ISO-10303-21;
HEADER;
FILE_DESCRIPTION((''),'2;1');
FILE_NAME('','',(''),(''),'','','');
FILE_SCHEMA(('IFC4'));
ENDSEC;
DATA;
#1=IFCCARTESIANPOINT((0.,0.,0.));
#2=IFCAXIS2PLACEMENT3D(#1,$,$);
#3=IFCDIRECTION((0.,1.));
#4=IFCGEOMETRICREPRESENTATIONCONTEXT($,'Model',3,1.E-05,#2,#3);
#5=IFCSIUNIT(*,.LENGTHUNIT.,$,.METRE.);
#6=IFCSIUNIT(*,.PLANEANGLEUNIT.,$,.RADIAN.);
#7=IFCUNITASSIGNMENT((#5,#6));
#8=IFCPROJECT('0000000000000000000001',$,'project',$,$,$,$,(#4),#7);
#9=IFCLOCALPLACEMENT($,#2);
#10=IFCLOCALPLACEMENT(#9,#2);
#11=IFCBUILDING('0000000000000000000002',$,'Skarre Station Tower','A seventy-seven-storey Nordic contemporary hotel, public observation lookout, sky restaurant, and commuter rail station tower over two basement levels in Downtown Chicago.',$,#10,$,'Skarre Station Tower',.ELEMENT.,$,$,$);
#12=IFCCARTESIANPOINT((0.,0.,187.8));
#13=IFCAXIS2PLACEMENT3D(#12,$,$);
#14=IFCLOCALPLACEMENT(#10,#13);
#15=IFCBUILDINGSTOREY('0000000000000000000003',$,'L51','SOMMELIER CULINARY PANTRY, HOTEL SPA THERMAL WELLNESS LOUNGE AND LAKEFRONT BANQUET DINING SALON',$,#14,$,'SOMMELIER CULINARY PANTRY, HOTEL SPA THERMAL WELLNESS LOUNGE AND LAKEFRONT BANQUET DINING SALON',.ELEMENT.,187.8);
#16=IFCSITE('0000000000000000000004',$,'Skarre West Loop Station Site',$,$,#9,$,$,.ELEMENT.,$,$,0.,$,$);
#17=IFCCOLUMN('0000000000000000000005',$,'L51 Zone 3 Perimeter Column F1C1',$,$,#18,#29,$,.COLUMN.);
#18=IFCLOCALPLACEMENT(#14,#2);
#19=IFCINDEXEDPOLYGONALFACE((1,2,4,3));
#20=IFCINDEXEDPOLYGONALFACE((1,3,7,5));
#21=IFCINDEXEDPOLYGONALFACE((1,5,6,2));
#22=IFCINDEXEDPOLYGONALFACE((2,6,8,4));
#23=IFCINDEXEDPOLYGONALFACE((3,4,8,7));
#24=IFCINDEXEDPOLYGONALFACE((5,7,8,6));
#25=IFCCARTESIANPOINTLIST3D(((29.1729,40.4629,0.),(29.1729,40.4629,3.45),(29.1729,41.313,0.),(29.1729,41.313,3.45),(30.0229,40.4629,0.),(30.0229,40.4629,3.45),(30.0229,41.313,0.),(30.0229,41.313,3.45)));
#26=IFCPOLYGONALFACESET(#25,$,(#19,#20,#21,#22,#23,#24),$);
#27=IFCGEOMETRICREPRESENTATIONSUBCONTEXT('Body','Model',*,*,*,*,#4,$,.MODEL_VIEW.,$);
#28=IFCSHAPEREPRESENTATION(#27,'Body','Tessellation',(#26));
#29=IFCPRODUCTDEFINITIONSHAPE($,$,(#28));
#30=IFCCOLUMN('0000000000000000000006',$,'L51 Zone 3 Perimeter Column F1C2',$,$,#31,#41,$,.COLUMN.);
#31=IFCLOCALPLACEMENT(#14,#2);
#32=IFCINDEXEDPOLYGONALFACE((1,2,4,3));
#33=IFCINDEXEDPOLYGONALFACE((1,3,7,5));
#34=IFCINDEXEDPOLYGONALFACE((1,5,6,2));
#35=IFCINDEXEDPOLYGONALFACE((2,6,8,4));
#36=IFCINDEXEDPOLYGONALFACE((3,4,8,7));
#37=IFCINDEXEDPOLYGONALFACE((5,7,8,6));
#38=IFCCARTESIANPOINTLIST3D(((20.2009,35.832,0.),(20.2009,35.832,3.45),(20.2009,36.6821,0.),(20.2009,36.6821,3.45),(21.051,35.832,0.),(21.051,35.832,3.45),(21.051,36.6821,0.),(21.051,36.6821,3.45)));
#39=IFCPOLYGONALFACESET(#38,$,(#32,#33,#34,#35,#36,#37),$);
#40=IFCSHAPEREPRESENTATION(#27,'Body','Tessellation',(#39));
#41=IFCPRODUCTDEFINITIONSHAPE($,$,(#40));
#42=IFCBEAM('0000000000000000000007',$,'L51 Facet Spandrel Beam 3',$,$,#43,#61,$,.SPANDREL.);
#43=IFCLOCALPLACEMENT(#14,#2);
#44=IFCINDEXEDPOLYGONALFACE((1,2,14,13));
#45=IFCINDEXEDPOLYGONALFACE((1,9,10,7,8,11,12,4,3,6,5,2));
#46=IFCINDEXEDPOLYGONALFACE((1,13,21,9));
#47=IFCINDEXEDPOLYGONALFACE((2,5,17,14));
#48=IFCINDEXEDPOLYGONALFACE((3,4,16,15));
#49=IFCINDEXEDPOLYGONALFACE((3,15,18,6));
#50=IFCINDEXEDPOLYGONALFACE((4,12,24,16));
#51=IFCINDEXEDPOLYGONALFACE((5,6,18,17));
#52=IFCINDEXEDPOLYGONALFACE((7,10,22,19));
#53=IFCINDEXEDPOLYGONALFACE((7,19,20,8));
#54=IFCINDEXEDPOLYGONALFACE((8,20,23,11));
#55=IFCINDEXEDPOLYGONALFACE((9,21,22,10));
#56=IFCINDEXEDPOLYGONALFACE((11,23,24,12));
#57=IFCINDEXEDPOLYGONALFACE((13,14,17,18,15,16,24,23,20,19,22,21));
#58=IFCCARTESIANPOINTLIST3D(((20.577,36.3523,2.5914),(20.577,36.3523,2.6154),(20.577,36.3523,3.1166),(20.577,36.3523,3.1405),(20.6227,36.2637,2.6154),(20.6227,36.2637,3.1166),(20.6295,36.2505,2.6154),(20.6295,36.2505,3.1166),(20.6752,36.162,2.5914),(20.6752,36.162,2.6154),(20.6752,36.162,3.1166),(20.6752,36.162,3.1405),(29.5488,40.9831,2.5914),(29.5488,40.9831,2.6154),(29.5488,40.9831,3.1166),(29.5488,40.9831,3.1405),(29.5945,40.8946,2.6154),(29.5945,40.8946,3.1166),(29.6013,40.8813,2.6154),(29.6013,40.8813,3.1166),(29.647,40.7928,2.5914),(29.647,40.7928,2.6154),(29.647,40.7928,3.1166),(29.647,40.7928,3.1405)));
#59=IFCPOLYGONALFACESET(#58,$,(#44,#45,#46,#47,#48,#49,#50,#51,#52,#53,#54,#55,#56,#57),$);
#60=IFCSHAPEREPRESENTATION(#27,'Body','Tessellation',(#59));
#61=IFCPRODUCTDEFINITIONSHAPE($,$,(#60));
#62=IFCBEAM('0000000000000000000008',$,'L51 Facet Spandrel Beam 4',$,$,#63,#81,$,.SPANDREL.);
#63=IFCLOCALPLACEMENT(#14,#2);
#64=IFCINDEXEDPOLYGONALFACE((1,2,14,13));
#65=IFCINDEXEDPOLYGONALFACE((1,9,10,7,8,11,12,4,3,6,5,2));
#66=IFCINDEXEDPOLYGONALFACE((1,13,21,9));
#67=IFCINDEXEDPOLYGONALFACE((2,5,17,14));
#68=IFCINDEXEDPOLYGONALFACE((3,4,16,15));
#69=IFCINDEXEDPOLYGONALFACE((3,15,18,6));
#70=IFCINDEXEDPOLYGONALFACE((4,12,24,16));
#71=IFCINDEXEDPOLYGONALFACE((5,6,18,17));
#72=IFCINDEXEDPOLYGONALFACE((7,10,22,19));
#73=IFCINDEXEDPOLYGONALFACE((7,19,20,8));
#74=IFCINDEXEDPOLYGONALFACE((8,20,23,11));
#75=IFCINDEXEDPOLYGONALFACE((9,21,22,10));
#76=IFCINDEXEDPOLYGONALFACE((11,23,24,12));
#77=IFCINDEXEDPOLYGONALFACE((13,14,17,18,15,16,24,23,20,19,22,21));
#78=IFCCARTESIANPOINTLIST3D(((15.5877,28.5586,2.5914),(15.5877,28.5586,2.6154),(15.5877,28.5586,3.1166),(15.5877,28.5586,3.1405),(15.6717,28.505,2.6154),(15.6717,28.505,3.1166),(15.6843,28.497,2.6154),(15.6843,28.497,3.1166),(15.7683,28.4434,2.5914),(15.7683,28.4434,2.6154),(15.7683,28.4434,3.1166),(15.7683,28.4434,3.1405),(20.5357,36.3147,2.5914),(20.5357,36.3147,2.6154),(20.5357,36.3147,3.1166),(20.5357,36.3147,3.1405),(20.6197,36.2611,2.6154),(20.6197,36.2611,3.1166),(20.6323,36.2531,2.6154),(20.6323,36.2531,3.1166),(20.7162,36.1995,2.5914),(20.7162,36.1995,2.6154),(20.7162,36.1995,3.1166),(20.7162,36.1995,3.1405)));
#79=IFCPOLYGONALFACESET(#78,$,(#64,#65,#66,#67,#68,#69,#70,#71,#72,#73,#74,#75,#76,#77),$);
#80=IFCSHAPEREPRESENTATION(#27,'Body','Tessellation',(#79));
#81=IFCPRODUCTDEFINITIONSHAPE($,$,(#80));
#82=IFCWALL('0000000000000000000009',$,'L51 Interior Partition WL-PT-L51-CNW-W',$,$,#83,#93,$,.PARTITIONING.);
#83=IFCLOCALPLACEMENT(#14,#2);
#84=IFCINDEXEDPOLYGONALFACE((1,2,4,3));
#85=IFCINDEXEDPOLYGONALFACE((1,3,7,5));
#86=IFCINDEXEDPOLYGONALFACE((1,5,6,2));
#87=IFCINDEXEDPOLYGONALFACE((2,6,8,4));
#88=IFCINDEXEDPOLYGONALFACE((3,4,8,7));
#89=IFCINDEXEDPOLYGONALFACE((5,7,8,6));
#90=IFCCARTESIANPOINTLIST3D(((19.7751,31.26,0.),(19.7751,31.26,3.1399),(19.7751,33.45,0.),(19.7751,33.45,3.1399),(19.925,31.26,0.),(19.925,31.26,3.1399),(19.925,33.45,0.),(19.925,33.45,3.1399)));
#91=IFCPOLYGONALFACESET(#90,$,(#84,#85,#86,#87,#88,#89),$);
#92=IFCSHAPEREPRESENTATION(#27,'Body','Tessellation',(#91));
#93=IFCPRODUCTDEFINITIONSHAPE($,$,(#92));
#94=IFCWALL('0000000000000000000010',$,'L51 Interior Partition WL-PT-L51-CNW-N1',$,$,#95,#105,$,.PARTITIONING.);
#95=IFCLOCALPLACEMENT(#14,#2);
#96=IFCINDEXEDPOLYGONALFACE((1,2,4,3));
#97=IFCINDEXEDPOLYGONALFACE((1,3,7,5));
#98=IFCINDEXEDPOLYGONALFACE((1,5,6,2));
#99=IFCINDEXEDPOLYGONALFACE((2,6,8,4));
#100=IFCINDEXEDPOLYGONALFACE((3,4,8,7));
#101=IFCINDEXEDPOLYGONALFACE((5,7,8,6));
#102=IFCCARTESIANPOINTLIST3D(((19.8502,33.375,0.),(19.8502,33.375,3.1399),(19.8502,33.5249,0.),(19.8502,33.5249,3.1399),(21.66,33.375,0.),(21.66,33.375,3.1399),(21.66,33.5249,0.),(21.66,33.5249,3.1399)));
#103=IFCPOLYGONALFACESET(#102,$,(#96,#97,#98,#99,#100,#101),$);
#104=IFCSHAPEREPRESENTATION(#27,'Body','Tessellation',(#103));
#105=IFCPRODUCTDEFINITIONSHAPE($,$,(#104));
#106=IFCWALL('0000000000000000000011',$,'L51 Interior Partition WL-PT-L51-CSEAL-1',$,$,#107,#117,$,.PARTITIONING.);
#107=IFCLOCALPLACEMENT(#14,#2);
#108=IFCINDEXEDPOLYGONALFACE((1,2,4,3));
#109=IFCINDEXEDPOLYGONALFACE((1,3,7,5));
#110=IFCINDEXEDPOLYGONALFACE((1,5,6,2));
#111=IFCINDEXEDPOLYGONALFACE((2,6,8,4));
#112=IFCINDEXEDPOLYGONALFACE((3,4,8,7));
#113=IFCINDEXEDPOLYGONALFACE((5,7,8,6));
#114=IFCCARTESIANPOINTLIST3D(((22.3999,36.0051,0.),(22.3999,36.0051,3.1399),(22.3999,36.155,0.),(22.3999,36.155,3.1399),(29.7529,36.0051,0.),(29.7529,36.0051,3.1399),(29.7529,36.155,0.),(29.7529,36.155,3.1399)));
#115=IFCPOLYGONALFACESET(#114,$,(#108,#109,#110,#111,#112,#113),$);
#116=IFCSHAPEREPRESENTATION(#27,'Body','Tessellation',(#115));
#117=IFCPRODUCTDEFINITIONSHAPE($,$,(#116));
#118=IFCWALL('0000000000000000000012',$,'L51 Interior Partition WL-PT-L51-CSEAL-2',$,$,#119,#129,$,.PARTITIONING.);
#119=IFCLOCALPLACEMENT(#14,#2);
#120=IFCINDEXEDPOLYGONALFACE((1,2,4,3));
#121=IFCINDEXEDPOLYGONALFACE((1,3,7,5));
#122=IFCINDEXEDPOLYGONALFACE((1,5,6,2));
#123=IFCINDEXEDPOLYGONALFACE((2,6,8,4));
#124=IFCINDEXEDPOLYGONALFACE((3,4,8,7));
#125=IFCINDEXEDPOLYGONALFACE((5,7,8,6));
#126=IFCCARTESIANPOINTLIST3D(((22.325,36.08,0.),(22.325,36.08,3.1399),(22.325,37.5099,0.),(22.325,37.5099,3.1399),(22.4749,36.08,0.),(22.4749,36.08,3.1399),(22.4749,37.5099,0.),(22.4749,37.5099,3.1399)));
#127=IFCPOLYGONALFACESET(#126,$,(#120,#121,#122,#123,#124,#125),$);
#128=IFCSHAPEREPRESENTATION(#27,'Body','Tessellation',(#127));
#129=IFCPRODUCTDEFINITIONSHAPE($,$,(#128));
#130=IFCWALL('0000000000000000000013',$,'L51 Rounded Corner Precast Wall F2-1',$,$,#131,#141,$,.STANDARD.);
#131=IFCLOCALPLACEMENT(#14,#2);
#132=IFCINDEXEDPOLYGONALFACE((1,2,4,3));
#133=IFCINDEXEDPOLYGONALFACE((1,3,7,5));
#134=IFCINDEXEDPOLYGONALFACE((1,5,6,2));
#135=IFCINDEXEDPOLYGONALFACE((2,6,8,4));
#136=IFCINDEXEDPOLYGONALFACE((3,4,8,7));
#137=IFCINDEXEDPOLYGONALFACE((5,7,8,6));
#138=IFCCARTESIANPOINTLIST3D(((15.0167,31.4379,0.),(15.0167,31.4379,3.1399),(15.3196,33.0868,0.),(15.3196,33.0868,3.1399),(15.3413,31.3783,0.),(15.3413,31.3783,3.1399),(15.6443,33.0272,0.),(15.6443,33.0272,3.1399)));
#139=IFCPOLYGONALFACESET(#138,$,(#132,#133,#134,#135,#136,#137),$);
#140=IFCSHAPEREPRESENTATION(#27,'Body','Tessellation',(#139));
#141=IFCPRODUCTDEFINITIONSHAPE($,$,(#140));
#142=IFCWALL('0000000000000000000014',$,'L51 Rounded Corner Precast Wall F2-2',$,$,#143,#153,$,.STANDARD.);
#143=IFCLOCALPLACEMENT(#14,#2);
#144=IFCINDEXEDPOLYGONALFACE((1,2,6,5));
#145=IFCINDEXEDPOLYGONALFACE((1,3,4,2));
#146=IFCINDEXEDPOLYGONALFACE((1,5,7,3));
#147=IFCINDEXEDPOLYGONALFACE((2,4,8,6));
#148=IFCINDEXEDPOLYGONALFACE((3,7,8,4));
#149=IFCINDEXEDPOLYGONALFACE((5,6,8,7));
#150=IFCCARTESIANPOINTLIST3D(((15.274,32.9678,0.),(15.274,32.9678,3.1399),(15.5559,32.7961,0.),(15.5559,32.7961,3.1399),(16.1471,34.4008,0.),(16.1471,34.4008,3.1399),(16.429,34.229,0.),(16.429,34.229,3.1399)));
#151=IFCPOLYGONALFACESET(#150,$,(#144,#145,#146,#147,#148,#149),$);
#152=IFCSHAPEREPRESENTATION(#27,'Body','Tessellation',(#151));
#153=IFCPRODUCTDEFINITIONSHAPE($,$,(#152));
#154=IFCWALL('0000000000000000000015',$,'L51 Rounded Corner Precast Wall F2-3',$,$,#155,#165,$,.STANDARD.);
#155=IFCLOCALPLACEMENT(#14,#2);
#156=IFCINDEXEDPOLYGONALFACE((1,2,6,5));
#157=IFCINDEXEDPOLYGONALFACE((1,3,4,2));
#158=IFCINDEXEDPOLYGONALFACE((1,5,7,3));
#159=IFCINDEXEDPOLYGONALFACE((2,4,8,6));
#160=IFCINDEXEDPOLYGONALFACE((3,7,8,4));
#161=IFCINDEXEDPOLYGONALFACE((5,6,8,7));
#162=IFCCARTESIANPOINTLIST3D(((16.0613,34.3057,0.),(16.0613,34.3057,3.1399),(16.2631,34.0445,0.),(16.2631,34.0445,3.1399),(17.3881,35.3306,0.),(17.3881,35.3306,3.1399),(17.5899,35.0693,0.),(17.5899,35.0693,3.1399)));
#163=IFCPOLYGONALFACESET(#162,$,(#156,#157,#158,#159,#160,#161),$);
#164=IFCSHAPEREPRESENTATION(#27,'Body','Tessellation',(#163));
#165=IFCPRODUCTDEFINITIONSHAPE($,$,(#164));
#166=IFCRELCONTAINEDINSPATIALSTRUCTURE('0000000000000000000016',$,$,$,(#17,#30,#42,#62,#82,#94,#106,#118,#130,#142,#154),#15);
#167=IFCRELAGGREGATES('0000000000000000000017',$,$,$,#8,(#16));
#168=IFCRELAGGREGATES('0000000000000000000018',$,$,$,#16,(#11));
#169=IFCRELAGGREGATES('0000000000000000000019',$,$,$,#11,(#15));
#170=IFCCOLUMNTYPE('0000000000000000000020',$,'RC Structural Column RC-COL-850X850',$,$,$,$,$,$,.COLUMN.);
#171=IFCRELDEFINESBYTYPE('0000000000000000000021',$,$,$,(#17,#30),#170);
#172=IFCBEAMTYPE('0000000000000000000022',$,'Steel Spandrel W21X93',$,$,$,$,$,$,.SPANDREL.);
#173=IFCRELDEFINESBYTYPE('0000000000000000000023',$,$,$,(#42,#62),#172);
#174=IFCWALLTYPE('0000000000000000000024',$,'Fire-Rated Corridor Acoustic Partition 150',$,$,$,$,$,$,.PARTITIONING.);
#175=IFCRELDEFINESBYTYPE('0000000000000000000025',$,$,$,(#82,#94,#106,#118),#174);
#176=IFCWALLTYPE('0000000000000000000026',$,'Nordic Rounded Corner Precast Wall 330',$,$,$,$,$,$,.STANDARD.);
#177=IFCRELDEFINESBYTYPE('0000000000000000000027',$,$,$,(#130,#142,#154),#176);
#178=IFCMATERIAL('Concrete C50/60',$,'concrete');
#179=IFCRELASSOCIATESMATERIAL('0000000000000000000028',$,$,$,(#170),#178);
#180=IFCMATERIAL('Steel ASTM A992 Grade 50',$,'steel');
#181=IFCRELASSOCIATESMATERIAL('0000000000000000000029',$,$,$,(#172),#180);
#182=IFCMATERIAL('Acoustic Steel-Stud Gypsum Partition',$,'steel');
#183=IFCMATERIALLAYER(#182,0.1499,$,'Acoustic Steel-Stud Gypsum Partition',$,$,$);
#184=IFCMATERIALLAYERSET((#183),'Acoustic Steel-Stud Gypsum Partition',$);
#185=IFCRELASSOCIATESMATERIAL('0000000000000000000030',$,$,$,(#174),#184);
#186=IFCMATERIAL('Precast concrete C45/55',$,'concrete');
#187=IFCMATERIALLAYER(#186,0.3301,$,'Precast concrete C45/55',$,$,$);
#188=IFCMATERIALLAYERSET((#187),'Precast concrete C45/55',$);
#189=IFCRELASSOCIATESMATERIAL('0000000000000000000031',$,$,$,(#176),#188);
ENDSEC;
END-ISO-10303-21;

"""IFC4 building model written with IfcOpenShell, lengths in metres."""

from ifc_helpers import new_model, si_unit, direction, frame, frame_2d, origin, origin_2d, place, context, subcontext, project, spatial, rectangle, i_section, extrude, material, layer, layer_set, material_profile, profile_set, type_object, element, save


model = new_model("IFC4")

# Units and contexts
model_context = context("Model", 3, precision=1e-05, world=origin(), true_north=direction((0.0, 1.0)))
body_context = subcontext(model_context, "Body", "Model", "MODEL_VIEW")
ifc_project = project(units=[si_unit("LENGTHUNIT", "METRE"), si_unit("PLANEANGLEUNIT", "RADIAN")], contexts=[model_context])

# Site, building, storey
site_placement = place(None, origin())
site = spatial("IfcSite", under=ifc_project, at=site_placement, Name="Skarre West Loop Station Site", CompositionType="ELEMENT", RefElevation=0.0)
building_placement = place(site_placement, origin())
building = spatial("IfcBuilding", under=site, at=building_placement, Name="Skarre Station Tower", Description="A seventy-seven-storey Nordic contemporary hotel, public observation lookout, sky restaurant, and commuter rail station tower over two basement levels in Downtown Chicago.", LongName="Skarre Station Tower", CompositionType="ELEMENT")
storey_placement = place(building_placement, frame((0.0, 0.0, 187.8)))
storey = spatial("IfcBuildingStorey", under=building, at=storey_placement, Name="L51", Description="SOMMELIER CULINARY PANTRY, HOTEL SPA THERMAL WELLNESS LOUNGE AND LAKEFRONT BANQUET DINING SALON", LongName="SOMMELIER CULINARY PANTRY, HOTEL SPA THERMAL WELLNESS LOUNGE AND LAKEFRONT BANQUET DINING SALON", CompositionType="ELEMENT", Elevation=187.8)

# Columns
ifc_material_1 = material(Name="Concrete C50/60", Category="concrete")
ifc_material_profile_1 = material_profile(ifc_material_1, rectangle(XDim=0.8501, YDim=0.8501, at=origin_2d()), Name="Concrete C50/60")
ifc_profile_set_1 = profile_set([ifc_material_profile_1], Name="Concrete C50/60")
column_type = type_object("IfcColumnType", Name="RC Structural Column RC-COL-850X850", PredefinedType="COLUMN", material=ifc_profile_set_1)
for number, where, z_axis, x_axis, name in (
    (1, (29.5979, 40.8879, 0.0), (0.0, 0.0, 1.0), (1.0, 0.0, 0.0), "L51 Zone 3 Perimeter Column F1C1"),
    (2, (20.626, 36.2571, 0.0), (0.0, 0.0, 1.0), (1.0, 0.0, 0.0), "L51 Zone 3 Perimeter Column F1C2"),
):
    element("IfcColumn", number, at=place(storey_placement, frame(where, z_axis=z_axis, x_axis=x_axis)), inside=storey, type_object=column_type, Name=name, PredefinedType="COLUMN", context=body_context, shape_type="SweptSolid", body=[
        extrude(rectangle(XDim=0.8501, YDim=0.8501, at=origin_2d()), origin(), (0.0, 0.0, 1.0), 3.45),
    ])

# Beams
ifc_material_2 = material(Name="Steel ASTM A992 Grade 50", Category="steel")
ifc_material_profile_2 = material_profile(ifc_material_2, i_section(OverallWidth=0.2141, OverallDepth=0.5491, WebThickness=0.0149, FlangeThickness=0.0239, at=origin_2d()), Name="Steel ASTM A992 Grade 50")
ifc_profile_set_2 = profile_set([ifc_material_profile_2], Name="Steel ASTM A992 Grade 50")
beam_type = type_object("IfcBeamType", Name="Steel Spandrel W21X93", PredefinedType="SPANDREL", material=ifc_profile_set_2)
beam_1_placement = place(storey_placement, frame((29.5979, 40.8879, 2.866), z_axis=(-0.888613, -0.458658, 0.0), x_axis=(0.458658, -0.888613, 0.0)))
element("IfcBeam", 3, at=beam_1_placement, inside=storey, type_object=beam_type, Name="L51 Facet Spandrel Beam 3", PredefinedType="SPANDREL", context=body_context, shape_type="SweptSolid", body=[
    extrude(i_section(OverallWidth=0.2141, OverallDepth=0.5491, WebThickness=0.0149, FlangeThickness=0.0239, at=origin_2d()), origin(), (0.0, 0.0, 1.0), 10.0964),
])
beam_2_placement = place(storey_placement, frame((20.626, 36.2571, 2.866), z_axis=(-0.537826, -0.843056, 0.0), x_axis=(0.843056, -0.537826, 0.0)))
element("IfcBeam", 4, at=beam_2_placement, inside=storey, type_object=beam_type, Name="L51 Facet Spandrel Beam 4", PredefinedType="SPANDREL", context=body_context, shape_type="SweptSolid", body=[
    extrude(i_section(OverallWidth=0.2141, OverallDepth=0.5491, WebThickness=0.0149, FlangeThickness=0.0239, at=origin_2d()), origin(), (0.0, 0.0, 1.0), 9.2),
])

# Walls
ifc_material_3 = material(Name="Acoustic Steel-Stud Gypsum Partition", Category="steel")
ifc_layer_1 = layer(ifc_material_3, 0.1499, Name="Acoustic Steel-Stud Gypsum Partition")
ifc_layer_set_1 = layer_set([ifc_layer_1], Name="Acoustic Steel-Stud Gypsum Partition")
wall_type_1 = type_object("IfcWallType", Name="Fire-Rated Corridor Acoustic Partition 150", PredefinedType="PARTITIONING", material=ifc_layer_set_1)
wall_1_placement = place(storey_placement, frame((19.8501, 33.45, 0.0), z_axis=(0.0, 0.0, 1.0), x_axis=(0.0, -1.0, 0.0)))
element("IfcWall", 5, at=wall_1_placement, inside=storey, type_object=wall_type_1, Name="L51 Interior Partition WL-PT-L51-CNW-W", PredefinedType="PARTITIONING", context=body_context, shape_type="SweptSolid", body=[
    extrude(rectangle(XDim=2.1899, YDim=0.1499, at=frame_2d((1.095, 0.0))), origin(), (0.0, 0.0, 1.0), 3.1399),
])
wall_2_placement = place(storey_placement, frame((21.6599, 33.45, 0.0), z_axis=(0.0, 0.0, 1.0), x_axis=(-1.0, 0.0, 0.0)))
element("IfcWall", 6, at=wall_2_placement, inside=storey, type_object=wall_type_1, Name="L51 Interior Partition WL-PT-L51-CNW-N1", PredefinedType="PARTITIONING", context=body_context, shape_type="SweptSolid", body=[
    extrude(rectangle(XDim=1.8098, YDim=0.1499, at=frame_2d((0.9048, 0.0))), origin(), (0.0, 0.0, 1.0), 3.1399),
])
wall_3_placement = place(storey_placement, frame((29.7529, 36.0801, 0.0), z_axis=(0.0, 0.0, 1.0), x_axis=(-1.0, 0.0, 0.0)))
element("IfcWall", 7, at=wall_3_placement, inside=storey, type_object=wall_type_1, Name="L51 Interior Partition WL-PT-L51-CSEAL-1", PredefinedType="PARTITIONING", context=body_context, shape_type="SweptSolid", body=[
    extrude(rectangle(XDim=7.353, YDim=0.1499, at=frame_2d((3.6765, 0.0))), origin(), (0.0, 0.0, 1.0), 3.1399),
])
wall_4_placement = place(storey_placement, frame((22.3999, 36.0801, 0.0), z_axis=(0.0, 0.0, 1.0), x_axis=(0.0, 1.0, 0.0)))
element("IfcWall", 8, at=wall_4_placement, inside=storey, type_object=wall_type_1, Name="L51 Interior Partition WL-PT-L51-CSEAL-2", PredefinedType="PARTITIONING", context=body_context, shape_type="SweptSolid", body=[
    extrude(rectangle(XDim=1.4299, YDim=0.1499, at=frame_2d((0.7148, 0.0))), origin(), (0.0, 0.0, 1.0), 3.1399),
])
ifc_material_4 = material(Name="Precast concrete C45/55", Category="concrete")
ifc_layer_2 = layer(ifc_material_4, 0.3301, Name="Precast concrete C45/55")
ifc_layer_set_2 = layer_set([ifc_layer_2], Name="Precast concrete C45/55")
wall_type_2 = type_object("IfcWallType", Name="Nordic Rounded Corner Precast Wall 330", PredefinedType="STANDARD", material=ifc_layer_set_2)
wall_5_placement = place(storey_placement, frame((15.179, 31.408, 0.0), z_axis=(0.0, 0.0, 1.0), x_axis=(0.180718, 0.983535, 0.0)))
element("IfcWall", 9, at=wall_5_placement, inside=storey, type_object=wall_type_2, Name="L51 Rounded Corner Precast Wall F2-1", PredefinedType="STANDARD", context=body_context, shape_type="SweptSolid", body=[
    extrude(rectangle(XDim=1.6765, YDim=0.3301, at=frame_2d((0.8384, 0.0))), origin(), (0.0, 0.0, 1.0), 3.1399),
])
wall_6_placement = place(storey_placement, frame((15.415, 32.8821, 0.0), z_axis=(0.0, 0.0, 1.0), x_axis=(0.520325, 0.853968, 0.0)))
element("IfcWall", 10, at=wall_6_placement, inside=storey, type_object=wall_type_2, Name="L51 Rounded Corner Precast Wall F2-2", PredefinedType="STANDARD", context=body_context, shape_type="SweptSolid", body=[
    extrude(rectangle(XDim=1.678, YDim=0.3301, at=frame_2d((0.8389, 0.0))), origin(), (0.0, 0.0, 1.0), 3.1399),
])
wall_7_placement = place(storey_placement, frame((16.1621, 34.175, 0.0), z_axis=(0.0, 0.0, 1.0), x_axis=(0.79141, 0.611286, 0.0)))
element("IfcWall", 11, at=wall_7_placement, inside=storey, type_object=wall_type_2, Name="L51 Rounded Corner Precast Wall F2-3", PredefinedType="STANDARD", context=body_context, shape_type="SweptSolid", body=[
    extrude(rectangle(XDim=1.6765, YDim=0.3301, at=frame_2d((0.8384, 0.0))), origin(), (0.0, 0.0, 1.0), 3.1399),
])

save(model, "model.ifc")
